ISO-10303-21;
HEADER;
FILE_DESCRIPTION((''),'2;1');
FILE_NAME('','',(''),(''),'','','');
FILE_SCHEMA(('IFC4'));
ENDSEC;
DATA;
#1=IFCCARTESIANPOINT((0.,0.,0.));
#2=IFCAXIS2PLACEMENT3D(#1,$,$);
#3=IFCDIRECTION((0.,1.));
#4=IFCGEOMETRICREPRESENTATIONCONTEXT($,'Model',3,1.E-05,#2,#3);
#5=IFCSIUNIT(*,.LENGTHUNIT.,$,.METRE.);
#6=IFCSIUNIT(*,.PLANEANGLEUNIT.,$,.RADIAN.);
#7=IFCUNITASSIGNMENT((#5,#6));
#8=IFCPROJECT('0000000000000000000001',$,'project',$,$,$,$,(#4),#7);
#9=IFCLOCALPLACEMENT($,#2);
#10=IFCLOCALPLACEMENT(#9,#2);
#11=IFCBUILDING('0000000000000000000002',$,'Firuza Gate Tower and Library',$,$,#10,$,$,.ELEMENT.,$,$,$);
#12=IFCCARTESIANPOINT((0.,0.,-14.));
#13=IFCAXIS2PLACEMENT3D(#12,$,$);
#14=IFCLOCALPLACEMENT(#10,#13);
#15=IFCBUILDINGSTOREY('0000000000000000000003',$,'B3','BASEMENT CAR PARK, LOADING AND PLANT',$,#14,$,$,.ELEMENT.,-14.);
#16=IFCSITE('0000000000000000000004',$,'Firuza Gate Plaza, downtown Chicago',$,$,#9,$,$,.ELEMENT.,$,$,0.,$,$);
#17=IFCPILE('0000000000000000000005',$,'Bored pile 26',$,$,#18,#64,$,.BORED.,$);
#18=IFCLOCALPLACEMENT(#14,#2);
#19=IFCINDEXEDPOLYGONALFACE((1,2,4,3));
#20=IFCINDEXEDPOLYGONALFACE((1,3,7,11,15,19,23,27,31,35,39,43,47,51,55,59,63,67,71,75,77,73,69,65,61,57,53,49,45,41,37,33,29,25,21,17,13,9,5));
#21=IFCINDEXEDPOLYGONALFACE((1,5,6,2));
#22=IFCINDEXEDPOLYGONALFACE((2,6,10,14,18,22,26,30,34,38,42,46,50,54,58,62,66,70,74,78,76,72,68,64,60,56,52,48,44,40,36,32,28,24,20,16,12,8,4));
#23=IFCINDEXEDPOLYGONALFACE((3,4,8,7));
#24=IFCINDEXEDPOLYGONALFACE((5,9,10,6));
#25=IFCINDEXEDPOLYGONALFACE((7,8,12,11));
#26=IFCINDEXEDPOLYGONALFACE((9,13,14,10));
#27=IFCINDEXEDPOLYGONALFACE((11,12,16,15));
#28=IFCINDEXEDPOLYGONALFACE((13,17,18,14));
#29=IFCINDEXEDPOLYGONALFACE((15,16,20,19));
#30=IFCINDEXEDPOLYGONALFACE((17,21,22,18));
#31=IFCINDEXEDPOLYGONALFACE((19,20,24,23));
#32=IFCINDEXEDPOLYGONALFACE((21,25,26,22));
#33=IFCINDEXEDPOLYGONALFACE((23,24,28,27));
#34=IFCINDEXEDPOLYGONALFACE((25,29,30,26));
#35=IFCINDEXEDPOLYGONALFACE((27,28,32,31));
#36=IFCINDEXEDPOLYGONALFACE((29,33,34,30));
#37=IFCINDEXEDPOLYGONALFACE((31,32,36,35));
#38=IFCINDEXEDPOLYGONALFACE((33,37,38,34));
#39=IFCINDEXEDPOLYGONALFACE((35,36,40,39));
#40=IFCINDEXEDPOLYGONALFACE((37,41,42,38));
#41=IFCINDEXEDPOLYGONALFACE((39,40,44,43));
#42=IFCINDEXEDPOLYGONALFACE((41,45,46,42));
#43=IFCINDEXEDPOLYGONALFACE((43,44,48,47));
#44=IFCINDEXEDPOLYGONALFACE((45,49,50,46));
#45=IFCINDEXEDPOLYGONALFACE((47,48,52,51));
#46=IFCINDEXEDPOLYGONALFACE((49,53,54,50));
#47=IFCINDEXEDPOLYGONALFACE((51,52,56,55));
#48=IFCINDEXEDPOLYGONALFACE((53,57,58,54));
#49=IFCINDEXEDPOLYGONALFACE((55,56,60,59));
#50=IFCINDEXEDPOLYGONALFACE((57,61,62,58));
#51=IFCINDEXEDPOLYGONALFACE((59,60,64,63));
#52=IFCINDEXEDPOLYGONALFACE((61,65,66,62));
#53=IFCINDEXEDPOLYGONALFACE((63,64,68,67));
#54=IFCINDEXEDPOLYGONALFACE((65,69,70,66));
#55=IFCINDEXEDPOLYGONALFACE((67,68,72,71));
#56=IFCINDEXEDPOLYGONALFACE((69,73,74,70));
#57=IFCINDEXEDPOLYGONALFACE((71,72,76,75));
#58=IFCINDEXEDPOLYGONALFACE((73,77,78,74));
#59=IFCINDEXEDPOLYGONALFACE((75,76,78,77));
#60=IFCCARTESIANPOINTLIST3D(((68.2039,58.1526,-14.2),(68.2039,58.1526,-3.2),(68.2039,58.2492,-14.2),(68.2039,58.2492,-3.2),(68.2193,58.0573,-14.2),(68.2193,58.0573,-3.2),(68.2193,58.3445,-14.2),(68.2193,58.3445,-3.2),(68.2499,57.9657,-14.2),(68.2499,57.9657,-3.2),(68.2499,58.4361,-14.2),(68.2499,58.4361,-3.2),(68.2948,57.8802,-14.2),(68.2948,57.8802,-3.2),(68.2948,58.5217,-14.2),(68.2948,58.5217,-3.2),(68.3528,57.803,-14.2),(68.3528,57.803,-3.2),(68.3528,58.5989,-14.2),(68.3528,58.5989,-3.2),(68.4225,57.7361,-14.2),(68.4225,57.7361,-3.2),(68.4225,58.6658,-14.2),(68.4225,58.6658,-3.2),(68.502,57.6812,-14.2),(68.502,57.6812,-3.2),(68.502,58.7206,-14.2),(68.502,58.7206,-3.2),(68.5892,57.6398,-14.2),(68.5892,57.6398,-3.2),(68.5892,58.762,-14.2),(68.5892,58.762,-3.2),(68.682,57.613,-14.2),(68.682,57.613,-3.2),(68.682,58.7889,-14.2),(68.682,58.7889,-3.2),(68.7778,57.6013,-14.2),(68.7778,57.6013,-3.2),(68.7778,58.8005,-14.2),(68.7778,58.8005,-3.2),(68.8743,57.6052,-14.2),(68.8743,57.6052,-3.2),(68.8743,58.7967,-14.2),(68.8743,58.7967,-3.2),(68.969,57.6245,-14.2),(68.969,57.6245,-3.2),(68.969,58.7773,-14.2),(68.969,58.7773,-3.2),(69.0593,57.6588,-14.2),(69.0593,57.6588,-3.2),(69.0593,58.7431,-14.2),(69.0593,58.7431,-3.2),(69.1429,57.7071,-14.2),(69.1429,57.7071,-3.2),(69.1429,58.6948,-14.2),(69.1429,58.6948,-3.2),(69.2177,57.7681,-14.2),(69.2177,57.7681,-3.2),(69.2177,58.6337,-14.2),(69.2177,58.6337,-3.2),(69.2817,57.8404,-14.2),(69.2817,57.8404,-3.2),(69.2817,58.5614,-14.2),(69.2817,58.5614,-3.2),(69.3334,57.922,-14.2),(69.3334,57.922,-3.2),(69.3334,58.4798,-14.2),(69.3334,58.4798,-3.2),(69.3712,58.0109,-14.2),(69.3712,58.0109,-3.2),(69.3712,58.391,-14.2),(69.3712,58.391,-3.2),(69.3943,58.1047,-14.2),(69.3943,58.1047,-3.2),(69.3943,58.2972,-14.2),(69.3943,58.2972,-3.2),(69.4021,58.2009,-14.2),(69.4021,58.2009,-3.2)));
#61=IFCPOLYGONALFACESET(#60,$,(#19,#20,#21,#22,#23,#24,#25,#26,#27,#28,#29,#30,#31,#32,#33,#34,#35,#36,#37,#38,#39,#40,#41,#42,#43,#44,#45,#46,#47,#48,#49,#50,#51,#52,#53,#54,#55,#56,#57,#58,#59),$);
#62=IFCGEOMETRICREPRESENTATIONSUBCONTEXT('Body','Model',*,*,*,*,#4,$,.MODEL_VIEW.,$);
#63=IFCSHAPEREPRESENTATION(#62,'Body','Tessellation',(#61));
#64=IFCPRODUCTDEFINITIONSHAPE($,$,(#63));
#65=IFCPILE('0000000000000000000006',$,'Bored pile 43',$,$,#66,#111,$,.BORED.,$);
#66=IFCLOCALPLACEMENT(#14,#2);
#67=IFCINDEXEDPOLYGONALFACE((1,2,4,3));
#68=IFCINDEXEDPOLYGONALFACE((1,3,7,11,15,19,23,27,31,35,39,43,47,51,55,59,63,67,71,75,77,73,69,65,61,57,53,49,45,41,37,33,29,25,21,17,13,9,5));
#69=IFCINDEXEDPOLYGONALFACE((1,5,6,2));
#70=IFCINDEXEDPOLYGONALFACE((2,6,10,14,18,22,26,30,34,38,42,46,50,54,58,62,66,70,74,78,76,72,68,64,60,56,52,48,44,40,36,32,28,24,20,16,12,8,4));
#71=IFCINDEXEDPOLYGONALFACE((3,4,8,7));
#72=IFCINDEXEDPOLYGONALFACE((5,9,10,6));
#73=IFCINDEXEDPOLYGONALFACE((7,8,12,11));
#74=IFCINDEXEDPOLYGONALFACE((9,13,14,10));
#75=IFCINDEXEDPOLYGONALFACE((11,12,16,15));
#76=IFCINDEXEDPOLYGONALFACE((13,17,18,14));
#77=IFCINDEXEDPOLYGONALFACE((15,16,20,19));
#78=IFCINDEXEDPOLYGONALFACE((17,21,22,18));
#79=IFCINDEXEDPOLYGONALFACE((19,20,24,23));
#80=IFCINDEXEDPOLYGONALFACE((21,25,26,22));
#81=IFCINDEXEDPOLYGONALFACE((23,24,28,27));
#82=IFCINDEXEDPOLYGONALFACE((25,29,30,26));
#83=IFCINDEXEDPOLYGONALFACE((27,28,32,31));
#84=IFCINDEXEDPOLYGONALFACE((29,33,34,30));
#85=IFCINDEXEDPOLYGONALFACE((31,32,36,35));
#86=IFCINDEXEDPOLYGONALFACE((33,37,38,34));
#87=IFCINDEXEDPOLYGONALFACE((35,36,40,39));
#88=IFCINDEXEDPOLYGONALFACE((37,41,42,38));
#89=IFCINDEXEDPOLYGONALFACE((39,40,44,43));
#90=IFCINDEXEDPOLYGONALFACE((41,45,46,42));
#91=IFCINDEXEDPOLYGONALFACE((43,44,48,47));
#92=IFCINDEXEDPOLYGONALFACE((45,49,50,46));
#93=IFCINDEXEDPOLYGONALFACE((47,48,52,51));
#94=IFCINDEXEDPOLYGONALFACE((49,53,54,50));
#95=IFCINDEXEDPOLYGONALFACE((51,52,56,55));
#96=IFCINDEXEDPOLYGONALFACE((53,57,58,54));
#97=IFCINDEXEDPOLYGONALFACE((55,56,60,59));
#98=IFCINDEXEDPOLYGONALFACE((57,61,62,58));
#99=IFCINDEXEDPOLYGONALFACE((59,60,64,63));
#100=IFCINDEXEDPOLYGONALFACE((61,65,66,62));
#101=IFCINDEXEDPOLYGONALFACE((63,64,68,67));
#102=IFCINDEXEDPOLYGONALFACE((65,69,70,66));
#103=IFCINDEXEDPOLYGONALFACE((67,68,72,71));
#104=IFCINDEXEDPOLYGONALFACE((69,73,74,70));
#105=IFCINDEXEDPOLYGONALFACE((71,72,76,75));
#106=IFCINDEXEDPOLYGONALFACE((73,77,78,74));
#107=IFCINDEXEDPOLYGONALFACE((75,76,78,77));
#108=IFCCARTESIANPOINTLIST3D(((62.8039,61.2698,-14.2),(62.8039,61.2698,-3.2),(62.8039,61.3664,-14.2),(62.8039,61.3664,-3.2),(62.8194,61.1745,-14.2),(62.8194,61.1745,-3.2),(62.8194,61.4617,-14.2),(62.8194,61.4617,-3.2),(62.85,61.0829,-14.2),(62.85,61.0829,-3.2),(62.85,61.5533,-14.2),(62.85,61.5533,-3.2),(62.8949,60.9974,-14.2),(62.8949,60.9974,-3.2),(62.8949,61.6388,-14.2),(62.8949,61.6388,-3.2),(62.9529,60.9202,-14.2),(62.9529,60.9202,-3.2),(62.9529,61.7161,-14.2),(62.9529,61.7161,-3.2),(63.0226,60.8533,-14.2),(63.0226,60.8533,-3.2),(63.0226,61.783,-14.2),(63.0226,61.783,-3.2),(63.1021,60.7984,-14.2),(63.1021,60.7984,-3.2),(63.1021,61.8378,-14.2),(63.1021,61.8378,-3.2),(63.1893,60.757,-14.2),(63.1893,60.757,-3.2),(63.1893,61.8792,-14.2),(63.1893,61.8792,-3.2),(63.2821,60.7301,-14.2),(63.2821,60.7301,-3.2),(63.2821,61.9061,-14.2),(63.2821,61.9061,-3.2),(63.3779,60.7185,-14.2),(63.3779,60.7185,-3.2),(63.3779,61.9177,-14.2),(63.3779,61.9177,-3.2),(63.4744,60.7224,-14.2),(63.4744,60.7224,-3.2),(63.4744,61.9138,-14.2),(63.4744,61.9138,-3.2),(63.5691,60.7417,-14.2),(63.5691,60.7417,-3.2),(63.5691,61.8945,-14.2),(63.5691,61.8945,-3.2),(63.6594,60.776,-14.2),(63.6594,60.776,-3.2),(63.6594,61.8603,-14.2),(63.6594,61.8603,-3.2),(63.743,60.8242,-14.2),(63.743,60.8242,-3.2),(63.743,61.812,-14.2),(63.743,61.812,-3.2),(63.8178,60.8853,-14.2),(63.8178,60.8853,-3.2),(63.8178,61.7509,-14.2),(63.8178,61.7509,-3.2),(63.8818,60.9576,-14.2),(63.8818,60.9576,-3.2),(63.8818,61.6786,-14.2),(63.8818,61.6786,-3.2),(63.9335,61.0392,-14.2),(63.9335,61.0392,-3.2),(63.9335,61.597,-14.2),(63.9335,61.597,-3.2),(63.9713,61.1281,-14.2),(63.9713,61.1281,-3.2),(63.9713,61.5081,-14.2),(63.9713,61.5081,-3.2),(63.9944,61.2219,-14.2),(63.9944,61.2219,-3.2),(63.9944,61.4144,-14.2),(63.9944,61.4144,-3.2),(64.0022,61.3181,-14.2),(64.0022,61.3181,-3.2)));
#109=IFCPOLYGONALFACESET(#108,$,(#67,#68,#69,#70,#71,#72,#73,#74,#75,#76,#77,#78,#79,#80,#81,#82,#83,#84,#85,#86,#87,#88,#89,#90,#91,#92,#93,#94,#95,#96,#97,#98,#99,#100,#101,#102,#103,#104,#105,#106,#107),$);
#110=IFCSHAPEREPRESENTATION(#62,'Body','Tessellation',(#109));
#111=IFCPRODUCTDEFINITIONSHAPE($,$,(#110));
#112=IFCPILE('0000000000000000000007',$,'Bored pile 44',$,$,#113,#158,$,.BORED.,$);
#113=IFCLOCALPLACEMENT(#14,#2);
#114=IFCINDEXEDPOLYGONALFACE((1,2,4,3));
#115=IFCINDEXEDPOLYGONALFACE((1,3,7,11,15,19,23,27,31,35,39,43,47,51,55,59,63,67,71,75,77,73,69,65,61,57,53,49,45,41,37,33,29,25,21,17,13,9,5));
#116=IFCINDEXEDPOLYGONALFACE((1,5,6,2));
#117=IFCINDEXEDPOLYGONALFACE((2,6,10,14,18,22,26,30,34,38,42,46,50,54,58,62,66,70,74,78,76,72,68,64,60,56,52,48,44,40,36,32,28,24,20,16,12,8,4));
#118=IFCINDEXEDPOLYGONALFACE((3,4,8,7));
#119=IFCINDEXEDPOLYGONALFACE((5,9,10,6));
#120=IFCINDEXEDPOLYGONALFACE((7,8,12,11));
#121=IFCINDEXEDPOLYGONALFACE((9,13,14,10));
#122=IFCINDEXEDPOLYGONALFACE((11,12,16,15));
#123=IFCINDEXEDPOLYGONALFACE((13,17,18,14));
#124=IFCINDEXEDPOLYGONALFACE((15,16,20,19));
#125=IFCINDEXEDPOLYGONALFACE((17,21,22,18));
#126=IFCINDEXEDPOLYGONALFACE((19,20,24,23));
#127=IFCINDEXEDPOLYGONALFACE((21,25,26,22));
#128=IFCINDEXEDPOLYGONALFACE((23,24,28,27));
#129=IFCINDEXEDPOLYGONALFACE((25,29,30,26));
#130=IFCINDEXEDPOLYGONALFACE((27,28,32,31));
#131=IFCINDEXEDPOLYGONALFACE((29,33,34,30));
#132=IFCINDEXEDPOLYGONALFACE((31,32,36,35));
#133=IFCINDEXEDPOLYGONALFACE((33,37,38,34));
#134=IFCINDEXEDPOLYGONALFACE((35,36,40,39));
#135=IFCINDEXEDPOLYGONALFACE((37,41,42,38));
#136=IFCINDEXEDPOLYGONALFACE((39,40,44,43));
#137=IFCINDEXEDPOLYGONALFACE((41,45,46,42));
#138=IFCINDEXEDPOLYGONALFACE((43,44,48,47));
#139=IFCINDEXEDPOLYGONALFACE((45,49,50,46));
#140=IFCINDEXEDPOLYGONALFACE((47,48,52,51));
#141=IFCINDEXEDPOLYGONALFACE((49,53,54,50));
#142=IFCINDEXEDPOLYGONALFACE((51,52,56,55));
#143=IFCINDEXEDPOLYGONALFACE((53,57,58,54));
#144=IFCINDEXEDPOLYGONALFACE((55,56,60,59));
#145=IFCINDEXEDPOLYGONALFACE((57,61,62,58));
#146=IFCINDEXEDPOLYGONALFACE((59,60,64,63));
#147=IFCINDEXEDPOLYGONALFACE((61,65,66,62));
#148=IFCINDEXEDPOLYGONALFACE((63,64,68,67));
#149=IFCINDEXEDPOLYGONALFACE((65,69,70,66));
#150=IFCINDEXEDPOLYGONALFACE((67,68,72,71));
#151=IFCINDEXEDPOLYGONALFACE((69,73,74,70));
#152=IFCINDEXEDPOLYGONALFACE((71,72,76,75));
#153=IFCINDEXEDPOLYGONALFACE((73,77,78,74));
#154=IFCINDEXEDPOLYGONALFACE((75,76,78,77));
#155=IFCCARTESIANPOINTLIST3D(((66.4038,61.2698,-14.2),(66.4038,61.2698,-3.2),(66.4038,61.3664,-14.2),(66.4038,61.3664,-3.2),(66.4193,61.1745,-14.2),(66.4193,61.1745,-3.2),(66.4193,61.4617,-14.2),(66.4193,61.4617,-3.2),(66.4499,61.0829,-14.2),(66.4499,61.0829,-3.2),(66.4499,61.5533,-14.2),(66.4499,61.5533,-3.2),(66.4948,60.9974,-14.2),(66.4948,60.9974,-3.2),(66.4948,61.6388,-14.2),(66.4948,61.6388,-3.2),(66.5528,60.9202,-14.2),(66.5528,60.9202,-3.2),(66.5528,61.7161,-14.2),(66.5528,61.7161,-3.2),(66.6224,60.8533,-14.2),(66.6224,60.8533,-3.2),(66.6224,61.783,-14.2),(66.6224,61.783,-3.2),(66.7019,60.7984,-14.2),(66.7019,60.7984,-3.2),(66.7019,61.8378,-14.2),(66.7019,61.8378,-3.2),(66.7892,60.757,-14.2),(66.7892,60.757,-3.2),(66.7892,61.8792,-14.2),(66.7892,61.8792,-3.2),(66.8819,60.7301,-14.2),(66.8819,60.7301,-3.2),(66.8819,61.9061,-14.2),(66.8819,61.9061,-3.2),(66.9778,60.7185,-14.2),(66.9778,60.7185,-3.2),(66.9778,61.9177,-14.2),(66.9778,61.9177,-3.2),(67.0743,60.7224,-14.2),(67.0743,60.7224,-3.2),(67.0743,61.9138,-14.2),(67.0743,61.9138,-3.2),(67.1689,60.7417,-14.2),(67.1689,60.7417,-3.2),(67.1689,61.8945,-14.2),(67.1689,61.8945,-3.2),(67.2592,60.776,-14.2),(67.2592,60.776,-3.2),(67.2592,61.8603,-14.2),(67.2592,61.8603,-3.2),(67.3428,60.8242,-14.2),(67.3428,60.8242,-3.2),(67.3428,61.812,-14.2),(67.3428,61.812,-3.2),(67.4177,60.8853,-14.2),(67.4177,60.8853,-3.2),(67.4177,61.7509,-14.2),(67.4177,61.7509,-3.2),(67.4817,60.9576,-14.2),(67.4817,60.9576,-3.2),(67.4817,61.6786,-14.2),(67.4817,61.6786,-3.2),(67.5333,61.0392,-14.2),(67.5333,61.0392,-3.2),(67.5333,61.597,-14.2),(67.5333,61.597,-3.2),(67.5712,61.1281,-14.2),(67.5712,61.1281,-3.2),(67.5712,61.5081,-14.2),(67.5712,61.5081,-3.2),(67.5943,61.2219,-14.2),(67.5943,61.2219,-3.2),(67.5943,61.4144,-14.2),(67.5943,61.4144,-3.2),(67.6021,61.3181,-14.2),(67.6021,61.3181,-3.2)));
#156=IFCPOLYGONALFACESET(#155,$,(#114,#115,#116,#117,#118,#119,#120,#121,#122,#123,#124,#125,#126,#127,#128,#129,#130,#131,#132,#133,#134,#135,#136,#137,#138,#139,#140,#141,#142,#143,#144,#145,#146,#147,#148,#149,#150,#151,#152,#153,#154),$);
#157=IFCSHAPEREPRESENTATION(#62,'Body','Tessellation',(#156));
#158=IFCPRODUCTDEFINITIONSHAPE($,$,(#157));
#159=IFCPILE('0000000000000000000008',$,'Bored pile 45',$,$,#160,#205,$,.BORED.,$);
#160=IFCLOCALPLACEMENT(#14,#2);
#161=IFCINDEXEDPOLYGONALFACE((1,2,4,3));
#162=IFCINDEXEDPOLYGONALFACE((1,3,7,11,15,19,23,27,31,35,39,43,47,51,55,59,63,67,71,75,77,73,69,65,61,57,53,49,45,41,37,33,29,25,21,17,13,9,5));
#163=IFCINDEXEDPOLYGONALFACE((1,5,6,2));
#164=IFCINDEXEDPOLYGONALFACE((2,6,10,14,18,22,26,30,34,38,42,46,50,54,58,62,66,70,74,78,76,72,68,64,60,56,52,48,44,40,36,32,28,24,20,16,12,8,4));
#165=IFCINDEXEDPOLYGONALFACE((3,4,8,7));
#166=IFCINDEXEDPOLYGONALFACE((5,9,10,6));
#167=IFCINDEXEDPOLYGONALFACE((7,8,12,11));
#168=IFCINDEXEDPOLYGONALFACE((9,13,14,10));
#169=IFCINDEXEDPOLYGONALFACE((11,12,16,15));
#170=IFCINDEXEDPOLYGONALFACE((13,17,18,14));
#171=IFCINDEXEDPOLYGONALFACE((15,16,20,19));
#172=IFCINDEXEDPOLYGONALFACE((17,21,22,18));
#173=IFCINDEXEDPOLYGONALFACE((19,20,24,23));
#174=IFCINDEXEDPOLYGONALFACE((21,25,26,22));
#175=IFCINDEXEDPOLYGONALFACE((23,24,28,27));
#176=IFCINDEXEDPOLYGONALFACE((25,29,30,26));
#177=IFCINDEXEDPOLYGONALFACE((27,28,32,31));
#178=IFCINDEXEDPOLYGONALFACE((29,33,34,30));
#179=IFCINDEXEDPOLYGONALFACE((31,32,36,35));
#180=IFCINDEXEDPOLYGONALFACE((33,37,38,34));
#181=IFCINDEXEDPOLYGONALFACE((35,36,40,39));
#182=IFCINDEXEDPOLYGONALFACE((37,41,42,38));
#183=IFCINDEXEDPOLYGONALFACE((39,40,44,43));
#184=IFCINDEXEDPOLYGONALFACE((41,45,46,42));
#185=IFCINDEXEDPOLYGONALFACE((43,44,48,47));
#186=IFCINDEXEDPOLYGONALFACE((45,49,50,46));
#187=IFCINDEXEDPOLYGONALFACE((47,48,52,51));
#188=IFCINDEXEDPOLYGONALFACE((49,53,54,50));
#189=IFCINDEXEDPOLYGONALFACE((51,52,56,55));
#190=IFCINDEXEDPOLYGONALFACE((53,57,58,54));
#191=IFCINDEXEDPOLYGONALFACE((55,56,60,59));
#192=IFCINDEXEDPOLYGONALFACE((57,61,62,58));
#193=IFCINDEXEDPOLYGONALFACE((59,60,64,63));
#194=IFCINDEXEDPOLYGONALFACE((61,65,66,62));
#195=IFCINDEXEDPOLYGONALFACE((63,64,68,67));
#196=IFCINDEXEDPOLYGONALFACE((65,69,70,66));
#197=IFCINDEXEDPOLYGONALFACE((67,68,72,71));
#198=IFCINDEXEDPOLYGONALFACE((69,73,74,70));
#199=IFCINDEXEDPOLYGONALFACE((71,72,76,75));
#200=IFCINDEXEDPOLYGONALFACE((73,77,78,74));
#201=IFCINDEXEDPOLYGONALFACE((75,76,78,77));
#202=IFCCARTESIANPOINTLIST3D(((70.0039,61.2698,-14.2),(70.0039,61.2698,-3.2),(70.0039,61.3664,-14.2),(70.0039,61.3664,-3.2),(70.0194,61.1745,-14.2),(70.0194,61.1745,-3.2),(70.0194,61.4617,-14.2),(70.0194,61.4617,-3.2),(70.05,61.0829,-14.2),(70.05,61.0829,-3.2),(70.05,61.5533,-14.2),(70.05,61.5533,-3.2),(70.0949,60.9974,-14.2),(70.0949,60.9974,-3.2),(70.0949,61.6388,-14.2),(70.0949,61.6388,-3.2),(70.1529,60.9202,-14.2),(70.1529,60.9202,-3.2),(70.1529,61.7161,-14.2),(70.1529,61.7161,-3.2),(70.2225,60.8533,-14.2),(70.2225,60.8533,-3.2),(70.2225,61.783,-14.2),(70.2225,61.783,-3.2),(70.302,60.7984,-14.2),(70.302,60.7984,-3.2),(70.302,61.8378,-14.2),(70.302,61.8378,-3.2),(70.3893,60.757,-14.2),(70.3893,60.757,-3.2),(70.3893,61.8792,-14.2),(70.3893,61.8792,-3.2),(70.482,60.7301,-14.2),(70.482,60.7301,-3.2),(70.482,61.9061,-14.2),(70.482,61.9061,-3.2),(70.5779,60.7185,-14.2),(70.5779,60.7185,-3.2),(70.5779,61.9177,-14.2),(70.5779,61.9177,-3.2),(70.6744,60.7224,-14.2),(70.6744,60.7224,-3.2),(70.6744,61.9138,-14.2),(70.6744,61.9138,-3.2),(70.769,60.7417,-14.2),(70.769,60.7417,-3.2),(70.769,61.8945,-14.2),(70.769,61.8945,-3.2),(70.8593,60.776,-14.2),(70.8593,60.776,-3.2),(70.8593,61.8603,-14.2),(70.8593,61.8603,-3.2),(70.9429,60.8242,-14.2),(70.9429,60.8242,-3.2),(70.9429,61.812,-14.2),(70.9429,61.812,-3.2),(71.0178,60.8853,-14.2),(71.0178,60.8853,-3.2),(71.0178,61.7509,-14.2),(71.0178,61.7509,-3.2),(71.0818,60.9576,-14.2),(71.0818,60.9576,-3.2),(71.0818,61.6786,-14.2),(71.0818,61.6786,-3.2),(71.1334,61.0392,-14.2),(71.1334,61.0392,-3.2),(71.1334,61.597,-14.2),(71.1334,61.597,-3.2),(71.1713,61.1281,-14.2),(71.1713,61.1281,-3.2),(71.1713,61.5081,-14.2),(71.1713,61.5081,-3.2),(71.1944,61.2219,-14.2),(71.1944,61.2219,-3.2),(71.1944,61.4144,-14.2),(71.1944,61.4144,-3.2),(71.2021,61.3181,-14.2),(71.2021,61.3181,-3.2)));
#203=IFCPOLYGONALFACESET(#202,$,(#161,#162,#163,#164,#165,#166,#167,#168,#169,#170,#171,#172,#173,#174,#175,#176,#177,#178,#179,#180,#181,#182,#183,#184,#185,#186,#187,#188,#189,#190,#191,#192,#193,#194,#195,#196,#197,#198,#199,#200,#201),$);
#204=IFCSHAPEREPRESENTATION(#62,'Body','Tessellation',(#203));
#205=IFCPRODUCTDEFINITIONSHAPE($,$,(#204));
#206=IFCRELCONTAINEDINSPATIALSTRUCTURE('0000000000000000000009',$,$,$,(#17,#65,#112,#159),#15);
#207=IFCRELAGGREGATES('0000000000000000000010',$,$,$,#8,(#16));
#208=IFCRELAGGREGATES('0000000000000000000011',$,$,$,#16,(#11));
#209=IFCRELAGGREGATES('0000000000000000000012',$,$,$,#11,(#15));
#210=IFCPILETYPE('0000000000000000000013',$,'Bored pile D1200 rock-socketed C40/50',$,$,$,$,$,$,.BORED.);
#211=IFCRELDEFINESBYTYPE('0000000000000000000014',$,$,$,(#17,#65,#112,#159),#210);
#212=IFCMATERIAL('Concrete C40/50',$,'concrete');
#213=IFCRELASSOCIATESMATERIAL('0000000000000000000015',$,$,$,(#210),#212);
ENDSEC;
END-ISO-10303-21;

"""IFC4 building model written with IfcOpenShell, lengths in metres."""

from ifc_helpers import new_model, si_unit, direction, frame, origin, origin_2d, place, context, subcontext, project, spatial, circle, extrude, material, material_profile, profile_set, type_object, element, save


model = new_model("IFC4")

# Units and contexts
model_context = context("Model", 3, precision=1e-05, world=origin(), true_north=direction((0.0, 1.0)))
body_context = subcontext(model_context, "Body", "Model", "MODEL_VIEW")
ifc_project = project(units=[si_unit("LENGTHUNIT", "METRE"), si_unit("PLANEANGLEUNIT", "RADIAN")], contexts=[model_context])

# Site, building, storey
site_placement = place(None, origin())
site = spatial("IfcSite", under=ifc_project, at=site_placement, Name="Firuza Gate Plaza, downtown Chicago", CompositionType="ELEMENT", RefElevation=0.0)
building_placement = place(site_placement, origin())
building = spatial("IfcBuilding", under=site, at=building_placement, Name="Firuza Gate Tower and Library", CompositionType="ELEMENT")
storey_placement = place(building_placement, frame((0.0, 0.0, -14.0)))
storey = spatial("IfcBuildingStorey", under=building, at=storey_placement, Name="B3", Description="BASEMENT CAR PARK, LOADING AND PLANT", CompositionType="ELEMENT", Elevation=-14.0)

# Piles
ifc_material_1 = material(Name="Concrete C40/50", Category="concrete")
ifc_material_profile_1 = material_profile(ifc_material_1, circle(Radius=0.6001, at=origin_2d()))
ifc_profile_set_1 = profile_set([ifc_material_profile_1], Name="Concrete C40/50")
pile_type = type_object("IfcPileType", Name="Bored pile D1200 rock-socketed C40/50", PredefinedType="BORED", material=ifc_profile_set_1)
for number, where, z_axis, x_axis, name in (
    (1, (68.802, 58.2009, -3.2), (0.0, 0.0, -1.0), (1.0, 0.0, 0.0), "Bored pile 26"),
    (2, (63.4021, 61.3181, -3.2), (0.0, 0.0, -1.0), (1.0, 0.0, 0.0), "Bored pile 43"),
    (3, (67.002, 61.3181, -3.2), (0.0, 0.0, -1.0), (1.0, 0.0, 0.0), "Bored pile 44"),
    (4, (70.6021, 61.3181, -3.2), (0.0, 0.0, -1.0), (1.0, 0.0, 0.0), "Bored pile 45"),
):
    element("IfcPile", number, at=place(storey_placement, frame(where, z_axis=z_axis, x_axis=x_axis)), inside=storey, type_object=pile_type, Name=name, PredefinedType="BORED", context=body_context, shape_type="SweptSolid", body=[
        extrude(circle(Radius=0.6001, at=origin_2d()), origin(), (0.0, 0.0, 1.0), 11.0),
    ])

save(model, "model.ifc")
